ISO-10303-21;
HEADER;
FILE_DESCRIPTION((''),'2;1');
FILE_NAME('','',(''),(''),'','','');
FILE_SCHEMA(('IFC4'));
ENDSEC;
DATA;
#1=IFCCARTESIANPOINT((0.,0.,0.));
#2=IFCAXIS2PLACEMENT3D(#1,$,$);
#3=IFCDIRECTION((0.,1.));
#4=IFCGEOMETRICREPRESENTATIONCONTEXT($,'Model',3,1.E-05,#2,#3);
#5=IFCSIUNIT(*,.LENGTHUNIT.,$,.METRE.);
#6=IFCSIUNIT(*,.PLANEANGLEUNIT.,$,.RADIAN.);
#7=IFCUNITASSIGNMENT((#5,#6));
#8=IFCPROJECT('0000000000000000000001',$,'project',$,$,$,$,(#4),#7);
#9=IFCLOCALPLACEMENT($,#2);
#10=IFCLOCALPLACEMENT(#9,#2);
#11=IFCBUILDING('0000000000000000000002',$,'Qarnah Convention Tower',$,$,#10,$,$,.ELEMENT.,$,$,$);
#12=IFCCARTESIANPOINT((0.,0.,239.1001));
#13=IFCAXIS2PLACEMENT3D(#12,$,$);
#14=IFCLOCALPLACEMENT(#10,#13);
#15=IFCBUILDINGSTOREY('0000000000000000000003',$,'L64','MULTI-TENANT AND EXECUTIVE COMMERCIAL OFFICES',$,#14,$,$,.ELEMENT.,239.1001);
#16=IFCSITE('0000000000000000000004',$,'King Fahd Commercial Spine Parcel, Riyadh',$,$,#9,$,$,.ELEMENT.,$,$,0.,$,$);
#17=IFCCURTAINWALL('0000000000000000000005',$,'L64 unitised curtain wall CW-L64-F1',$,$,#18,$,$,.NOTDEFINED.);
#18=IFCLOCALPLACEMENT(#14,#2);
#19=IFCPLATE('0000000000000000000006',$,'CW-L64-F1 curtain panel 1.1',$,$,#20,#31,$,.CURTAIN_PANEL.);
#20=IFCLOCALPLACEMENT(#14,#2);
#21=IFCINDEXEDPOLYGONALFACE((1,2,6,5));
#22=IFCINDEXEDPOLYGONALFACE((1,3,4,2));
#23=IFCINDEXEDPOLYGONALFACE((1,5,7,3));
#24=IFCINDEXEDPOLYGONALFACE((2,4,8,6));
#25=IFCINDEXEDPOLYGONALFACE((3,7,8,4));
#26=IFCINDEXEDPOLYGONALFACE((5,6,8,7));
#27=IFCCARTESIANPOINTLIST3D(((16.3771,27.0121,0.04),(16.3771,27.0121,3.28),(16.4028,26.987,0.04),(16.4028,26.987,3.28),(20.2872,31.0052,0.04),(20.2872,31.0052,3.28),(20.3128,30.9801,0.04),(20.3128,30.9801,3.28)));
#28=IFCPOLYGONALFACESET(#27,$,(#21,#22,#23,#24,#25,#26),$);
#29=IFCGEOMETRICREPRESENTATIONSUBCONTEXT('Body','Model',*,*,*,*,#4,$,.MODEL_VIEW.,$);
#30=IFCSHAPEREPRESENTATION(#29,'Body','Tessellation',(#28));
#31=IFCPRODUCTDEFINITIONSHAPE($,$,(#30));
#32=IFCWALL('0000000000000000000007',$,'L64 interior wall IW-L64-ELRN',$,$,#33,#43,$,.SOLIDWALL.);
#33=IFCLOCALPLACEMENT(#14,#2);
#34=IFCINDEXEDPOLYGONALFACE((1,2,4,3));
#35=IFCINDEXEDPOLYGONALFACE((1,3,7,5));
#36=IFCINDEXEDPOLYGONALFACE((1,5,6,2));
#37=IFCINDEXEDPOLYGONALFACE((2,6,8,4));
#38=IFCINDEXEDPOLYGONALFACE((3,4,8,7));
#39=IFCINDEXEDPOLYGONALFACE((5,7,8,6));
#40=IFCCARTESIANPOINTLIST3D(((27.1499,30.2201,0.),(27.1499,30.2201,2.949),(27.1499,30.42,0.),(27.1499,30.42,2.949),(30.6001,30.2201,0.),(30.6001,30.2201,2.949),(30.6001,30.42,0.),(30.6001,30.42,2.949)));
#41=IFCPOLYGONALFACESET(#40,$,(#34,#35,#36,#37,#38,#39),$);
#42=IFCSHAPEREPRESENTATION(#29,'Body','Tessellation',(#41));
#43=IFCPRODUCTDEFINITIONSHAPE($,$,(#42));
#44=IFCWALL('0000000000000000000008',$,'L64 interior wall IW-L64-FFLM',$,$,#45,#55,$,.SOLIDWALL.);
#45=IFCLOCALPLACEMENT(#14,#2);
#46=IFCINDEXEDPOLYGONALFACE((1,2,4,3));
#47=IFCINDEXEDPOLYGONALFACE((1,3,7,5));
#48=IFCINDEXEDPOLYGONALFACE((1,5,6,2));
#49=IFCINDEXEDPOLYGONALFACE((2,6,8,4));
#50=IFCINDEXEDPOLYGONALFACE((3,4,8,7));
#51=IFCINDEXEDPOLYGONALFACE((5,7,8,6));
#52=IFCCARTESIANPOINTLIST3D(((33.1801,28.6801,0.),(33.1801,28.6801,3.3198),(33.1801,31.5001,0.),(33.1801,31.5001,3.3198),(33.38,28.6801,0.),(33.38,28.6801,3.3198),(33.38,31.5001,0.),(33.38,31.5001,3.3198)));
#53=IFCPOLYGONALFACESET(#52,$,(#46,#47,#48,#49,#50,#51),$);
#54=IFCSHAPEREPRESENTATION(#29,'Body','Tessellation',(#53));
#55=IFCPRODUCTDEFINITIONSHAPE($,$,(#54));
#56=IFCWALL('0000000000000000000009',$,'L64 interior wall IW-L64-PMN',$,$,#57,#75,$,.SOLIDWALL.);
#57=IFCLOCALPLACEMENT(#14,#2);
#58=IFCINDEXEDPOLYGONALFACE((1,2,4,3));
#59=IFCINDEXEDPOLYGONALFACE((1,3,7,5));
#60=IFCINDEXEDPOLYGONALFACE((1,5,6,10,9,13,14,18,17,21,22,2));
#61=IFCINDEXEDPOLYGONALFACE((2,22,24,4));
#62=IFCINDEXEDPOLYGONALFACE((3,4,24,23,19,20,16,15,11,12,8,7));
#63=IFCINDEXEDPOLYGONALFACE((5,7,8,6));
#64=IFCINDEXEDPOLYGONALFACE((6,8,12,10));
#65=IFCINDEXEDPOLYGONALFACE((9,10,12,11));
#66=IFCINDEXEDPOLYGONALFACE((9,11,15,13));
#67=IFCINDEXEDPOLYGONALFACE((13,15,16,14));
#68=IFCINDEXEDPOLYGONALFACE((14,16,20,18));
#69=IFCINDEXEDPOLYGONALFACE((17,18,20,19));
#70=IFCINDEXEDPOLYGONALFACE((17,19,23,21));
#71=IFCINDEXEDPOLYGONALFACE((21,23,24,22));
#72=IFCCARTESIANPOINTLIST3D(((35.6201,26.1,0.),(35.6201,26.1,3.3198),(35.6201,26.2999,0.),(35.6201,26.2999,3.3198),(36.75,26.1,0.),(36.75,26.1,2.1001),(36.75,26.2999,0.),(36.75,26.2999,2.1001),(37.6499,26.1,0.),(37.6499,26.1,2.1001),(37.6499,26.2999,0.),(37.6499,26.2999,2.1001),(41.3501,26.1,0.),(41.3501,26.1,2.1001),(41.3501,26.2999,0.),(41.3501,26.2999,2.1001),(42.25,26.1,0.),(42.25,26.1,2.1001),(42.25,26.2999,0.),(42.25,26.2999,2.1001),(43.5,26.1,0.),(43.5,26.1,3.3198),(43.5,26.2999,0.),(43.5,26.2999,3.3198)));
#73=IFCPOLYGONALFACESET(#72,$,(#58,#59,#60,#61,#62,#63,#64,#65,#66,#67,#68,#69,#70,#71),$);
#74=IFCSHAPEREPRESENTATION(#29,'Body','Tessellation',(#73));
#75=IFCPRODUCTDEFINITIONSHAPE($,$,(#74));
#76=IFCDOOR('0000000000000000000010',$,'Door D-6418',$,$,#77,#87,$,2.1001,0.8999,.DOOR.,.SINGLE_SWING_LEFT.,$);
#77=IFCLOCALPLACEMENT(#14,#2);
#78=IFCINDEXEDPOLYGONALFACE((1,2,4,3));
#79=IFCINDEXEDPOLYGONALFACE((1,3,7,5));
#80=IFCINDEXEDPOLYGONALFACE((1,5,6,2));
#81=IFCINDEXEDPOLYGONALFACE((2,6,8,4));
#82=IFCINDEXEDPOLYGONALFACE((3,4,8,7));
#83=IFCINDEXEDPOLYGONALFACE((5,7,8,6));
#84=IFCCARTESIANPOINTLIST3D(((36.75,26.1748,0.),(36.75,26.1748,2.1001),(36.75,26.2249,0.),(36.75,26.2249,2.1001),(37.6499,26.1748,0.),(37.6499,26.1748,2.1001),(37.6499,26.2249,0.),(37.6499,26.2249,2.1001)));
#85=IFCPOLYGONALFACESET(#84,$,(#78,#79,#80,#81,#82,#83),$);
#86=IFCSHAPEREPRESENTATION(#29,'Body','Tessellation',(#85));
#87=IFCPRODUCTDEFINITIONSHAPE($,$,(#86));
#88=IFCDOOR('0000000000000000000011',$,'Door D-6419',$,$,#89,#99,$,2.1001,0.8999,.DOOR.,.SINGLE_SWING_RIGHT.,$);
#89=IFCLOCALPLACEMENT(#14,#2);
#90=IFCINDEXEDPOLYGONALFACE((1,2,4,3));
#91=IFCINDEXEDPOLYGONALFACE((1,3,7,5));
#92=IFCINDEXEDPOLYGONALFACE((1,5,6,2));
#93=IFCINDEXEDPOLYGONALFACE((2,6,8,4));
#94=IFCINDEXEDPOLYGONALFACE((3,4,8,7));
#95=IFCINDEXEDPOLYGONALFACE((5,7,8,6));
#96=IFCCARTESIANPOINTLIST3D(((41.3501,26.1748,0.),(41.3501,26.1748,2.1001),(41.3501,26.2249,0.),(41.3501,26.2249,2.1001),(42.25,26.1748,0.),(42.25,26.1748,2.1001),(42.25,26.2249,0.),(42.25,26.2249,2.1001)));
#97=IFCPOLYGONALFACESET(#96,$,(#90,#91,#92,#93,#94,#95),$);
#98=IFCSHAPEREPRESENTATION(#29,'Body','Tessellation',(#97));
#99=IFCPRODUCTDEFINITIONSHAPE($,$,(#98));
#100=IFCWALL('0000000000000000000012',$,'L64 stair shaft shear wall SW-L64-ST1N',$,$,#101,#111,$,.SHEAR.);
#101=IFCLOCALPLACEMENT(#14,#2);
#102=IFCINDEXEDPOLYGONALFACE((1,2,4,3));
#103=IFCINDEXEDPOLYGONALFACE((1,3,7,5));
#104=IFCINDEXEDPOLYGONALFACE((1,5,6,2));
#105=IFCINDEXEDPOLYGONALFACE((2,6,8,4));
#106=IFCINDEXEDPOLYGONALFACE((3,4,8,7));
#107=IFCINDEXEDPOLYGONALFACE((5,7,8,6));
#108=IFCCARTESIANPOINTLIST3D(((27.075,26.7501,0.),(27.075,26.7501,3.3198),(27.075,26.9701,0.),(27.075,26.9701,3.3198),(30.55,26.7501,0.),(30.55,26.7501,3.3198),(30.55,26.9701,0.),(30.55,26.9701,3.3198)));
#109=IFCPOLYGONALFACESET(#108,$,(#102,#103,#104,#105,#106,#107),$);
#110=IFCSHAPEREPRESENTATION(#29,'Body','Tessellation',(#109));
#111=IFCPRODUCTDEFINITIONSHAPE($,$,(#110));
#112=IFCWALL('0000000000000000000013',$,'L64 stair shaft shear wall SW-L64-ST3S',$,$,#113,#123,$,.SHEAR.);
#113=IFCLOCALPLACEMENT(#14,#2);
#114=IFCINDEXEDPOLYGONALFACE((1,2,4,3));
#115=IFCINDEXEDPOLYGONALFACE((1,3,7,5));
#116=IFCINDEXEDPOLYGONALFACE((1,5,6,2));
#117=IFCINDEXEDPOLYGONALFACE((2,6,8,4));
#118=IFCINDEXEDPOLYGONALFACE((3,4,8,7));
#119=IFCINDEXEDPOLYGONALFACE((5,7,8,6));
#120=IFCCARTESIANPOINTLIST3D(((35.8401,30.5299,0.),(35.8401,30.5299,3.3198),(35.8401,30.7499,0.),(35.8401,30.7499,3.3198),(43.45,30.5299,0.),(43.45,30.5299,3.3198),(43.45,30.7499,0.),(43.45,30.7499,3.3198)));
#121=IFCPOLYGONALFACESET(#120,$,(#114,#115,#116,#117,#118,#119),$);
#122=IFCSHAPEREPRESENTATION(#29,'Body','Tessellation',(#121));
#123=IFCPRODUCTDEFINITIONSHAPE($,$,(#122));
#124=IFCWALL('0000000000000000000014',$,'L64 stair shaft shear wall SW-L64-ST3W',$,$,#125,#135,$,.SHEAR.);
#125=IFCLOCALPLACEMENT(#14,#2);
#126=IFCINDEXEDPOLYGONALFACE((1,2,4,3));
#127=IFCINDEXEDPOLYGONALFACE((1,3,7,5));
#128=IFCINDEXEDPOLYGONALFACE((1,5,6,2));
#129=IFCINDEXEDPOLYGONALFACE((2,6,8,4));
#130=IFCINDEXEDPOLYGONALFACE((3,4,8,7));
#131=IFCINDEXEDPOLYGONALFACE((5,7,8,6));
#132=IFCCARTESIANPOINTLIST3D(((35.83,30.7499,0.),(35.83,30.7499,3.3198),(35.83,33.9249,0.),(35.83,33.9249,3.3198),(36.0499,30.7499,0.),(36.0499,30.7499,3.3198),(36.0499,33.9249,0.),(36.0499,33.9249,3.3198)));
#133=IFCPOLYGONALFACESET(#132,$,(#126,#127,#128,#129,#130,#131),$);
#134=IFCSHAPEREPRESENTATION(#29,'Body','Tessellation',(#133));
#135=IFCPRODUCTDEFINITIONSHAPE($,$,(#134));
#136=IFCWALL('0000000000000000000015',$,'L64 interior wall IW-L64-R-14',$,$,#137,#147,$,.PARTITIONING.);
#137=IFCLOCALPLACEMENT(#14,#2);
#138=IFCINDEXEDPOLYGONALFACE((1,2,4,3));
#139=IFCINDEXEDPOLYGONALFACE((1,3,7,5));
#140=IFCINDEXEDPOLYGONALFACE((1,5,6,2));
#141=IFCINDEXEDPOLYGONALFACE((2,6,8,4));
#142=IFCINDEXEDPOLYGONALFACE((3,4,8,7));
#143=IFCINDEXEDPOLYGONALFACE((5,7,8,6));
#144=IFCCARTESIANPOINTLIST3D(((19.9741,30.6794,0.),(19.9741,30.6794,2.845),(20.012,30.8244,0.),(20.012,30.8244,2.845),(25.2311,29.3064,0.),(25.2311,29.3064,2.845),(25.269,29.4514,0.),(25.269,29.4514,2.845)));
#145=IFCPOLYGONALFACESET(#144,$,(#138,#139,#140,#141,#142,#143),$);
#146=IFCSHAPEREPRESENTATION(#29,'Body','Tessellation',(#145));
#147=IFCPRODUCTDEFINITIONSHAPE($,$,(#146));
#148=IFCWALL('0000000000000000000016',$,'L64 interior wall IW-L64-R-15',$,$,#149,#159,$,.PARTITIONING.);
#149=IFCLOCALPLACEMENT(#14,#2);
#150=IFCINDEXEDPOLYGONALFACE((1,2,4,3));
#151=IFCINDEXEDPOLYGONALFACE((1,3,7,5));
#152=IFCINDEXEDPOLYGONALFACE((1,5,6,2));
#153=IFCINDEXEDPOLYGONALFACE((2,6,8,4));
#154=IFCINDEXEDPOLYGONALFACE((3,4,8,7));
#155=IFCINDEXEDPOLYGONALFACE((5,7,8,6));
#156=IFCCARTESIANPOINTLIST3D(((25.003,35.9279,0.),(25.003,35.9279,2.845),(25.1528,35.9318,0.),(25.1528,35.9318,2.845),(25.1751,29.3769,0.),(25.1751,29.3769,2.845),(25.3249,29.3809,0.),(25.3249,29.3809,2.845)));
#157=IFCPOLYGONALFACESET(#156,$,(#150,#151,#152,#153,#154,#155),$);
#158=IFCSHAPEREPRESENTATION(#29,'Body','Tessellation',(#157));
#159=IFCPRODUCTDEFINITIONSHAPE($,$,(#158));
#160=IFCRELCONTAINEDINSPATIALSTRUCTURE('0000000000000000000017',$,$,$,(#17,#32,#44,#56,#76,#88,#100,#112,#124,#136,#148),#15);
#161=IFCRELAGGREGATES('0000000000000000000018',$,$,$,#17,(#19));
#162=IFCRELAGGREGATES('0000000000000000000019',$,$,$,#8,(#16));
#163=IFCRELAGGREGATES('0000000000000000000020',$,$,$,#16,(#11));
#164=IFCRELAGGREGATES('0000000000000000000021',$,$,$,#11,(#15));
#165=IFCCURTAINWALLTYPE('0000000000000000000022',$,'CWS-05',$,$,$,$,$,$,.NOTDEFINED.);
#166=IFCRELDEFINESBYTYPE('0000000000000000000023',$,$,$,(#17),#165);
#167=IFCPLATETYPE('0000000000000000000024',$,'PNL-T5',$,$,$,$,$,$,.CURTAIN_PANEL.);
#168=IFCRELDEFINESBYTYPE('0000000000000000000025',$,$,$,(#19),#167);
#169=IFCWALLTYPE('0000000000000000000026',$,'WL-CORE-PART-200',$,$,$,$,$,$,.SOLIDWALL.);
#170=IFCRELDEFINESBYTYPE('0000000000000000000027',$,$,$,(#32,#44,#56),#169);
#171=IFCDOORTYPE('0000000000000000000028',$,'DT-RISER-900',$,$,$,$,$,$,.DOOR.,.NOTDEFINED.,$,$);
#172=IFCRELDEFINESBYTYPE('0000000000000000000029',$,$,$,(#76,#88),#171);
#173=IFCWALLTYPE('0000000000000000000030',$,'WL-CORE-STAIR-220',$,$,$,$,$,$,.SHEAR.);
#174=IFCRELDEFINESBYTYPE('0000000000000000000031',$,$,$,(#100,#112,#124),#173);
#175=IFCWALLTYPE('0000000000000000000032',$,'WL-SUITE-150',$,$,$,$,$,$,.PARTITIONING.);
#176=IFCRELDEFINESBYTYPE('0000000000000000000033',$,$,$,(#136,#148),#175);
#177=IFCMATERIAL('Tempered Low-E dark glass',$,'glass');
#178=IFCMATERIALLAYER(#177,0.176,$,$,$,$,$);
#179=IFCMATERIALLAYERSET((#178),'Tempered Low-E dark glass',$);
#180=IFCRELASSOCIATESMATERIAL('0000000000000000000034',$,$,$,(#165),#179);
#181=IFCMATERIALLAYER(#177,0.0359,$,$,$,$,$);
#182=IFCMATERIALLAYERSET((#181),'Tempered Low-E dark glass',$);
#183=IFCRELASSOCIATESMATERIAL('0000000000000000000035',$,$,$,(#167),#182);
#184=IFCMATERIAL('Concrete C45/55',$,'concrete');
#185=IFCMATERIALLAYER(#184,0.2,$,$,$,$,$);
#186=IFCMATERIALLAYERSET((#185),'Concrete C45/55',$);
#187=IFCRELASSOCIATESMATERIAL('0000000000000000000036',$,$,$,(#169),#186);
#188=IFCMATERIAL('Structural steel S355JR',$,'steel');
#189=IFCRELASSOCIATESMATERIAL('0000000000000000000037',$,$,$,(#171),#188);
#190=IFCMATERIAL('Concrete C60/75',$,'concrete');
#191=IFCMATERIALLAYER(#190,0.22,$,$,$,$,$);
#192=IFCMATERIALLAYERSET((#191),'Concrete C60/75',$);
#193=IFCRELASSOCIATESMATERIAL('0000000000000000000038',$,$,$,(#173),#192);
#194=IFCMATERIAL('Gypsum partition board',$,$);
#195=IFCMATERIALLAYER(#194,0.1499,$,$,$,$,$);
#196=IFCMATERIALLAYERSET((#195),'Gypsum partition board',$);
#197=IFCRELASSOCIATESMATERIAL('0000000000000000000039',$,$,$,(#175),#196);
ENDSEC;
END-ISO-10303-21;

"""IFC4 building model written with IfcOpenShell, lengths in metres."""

from ifc_helpers import new_model, si_unit, direction, frame, frame_2d, origin, origin_2d, place, context, subcontext, project, spatial, rectangle, extrude, material, layer, layer_set, type_object, element, fill, aggregate, save


model = new_model("IFC4")

# Units and contexts
model_context = context("Model", 3, precision=1e-05, world=origin(), true_north=direction((0.0, 1.0)))
body_context = subcontext(model_context, "Body", "Model", "MODEL_VIEW")
ifc_project = project(units=[si_unit("LENGTHUNIT", "METRE"), si_unit("PLANEANGLEUNIT", "RADIAN")], contexts=[model_context])

# Site, building, storey
site_placement = place(None, origin())
site = spatial("IfcSite", under=ifc_project, at=site_placement, Name="King Fahd Commercial Spine Parcel, Riyadh", CompositionType="ELEMENT", RefElevation=0.0)
building_placement = place(site_placement, origin())
building = spatial("IfcBuilding", under=site, at=building_placement, Name="Qarnah Convention Tower", CompositionType="ELEMENT")
storey_placement = place(building_placement, frame((0.0, 0.0, 239.1001)))
storey = spatial("IfcBuildingStorey", under=building, at=storey_placement, Name="L64", Description="MULTI-TENANT AND EXECUTIVE COMMERCIAL OFFICES", CompositionType="ELEMENT", Elevation=239.1001)

# Shared definitions
ifc_material_1 = material(Name="Structural steel S355JR", Category="steel")

# Curtain wall, plate
ifc_material_2 = material(Name="Tempered Low-E dark glass", Category="glass")
ifc_layer_1 = layer(ifc_material_2, 0.176)
ifc_layer_set_1 = layer_set([ifc_layer_1], Name="Tempered Low-E dark glass")
curtain_wall_type = type_object("IfcCurtainWallType", Name="CWS-05", PredefinedType="NOTDEFINED", material=ifc_layer_set_1)
curtain_wall_placement = place(storey_placement, origin())
curtain_wall = element("IfcCurtainWall", 1, at=curtain_wall_placement, inside=storey, type_object=curtain_wall_type, Name="L64 unitised curtain wall CW-L64-F1", PredefinedType="NOTDEFINED")
ifc_layer_2 = layer(ifc_material_2, 0.0359)
ifc_layer_set_2 = layer_set([ifc_layer_2], Name="Tempered Low-E dark glass")
plate_type = type_object("IfcPlateType", Name="PNL-T5", PredefinedType="CURTAIN_PANEL", material=ifc_layer_set_2)
plate_placement = place(storey_placement, frame((18.345, 28.9961, 0.04), z_axis=(0.0, 0.0, 1.0), x_axis=(0.699641, 0.714495, 0.0)))
plate = element("IfcPlate", 2, at=plate_placement, type_object=plate_type, Name="CW-L64-F1 curtain panel 1.1", PredefinedType="CURTAIN_PANEL", context=body_context, shape_type="SweptSolid", body=[
    extrude(rectangle(XDim=5.5886, YDim=0.0359, at=origin_2d()), origin(), (0.0, 0.0, 1.0), 3.24),
])
aggregate(curtain_wall, [plate])

# Wall
ifc_material_3 = material(Name="Concrete C45/55", Category="concrete")
ifc_layer_3 = layer(ifc_material_3, 0.2)
ifc_layer_set_3 = layer_set([ifc_layer_3], Name="Concrete C45/55")
wall_type_1 = type_object("IfcWallType", Name="WL-CORE-PART-200", PredefinedType="SOLIDWALL", material=ifc_layer_set_3)
wall_1_placement = place(storey_placement, frame((27.1499, 30.3201, 0.0), z_axis=(0.0, 0.0, 1.0), x_axis=(1.0, 0.0, 0.0)))
element("IfcWall", 3, at=wall_1_placement, inside=storey, type_object=wall_type_1, Name="L64 interior wall IW-L64-ELRN", PredefinedType="SOLIDWALL", context=body_context, shape_type="SweptSolid", body=[
    extrude(rectangle(XDim=3.4502, YDim=0.2, at=frame_2d((1.7251, 0.0))), origin(), (0.0, 0.0, 1.0), 2.949),
])

# Wall
wall_2_placement = place(storey_placement, frame((33.28, 28.6799, 0.0), z_axis=(0.0, 0.0, 1.0), x_axis=(0.0, 1.0, 0.0)))
element("IfcWall", 4, at=wall_2_placement, inside=storey, type_object=wall_type_1, Name="L64 interior wall IW-L64-FFLM", PredefinedType="SOLIDWALL", context=body_context, shape_type="SweptSolid", body=[
    extrude(rectangle(XDim=2.8201, YDim=0.2, at=frame_2d((1.4102, 0.0))), origin(), (0.0, 0.0, 1.0), 3.3198),
])

# Wall, openings, doors
wall_3_placement = place(storey_placement, frame((35.6201, 26.2, 0.0), z_axis=(0.0, 0.0, 1.0), x_axis=(1.0, 0.0, 0.0)))
wall_3 = element("IfcWall", 5, at=wall_3_placement, inside=storey, type_object=wall_type_1, Name="L64 interior wall IW-L64-PMN", PredefinedType="SOLIDWALL", context=body_context, shape_type="SweptSolid", body=[
    extrude(rectangle(XDim=7.8799, YDim=0.2, at=frame_2d((3.9399, 0.0))), origin(), (0.0, 0.0, 1.0), 3.3198),
])
opening_1_placement = place(wall_3_placement, frame((1.1299, 0.0, 0.0)))
opening_1 = element("IfcOpeningElement", 6, at=opening_1_placement, cuts=wall_3, PredefinedType="OPENING", context=body_context, shape_type="SweptSolid", body=[
    extrude(rectangle(XDim=0.8999, YDim=2.1001, at=frame_2d((0.45, 1.05))), frame((0.0, 0.1099, 0.0), z_axis=(0.0, -1.0, 0.0), x_axis=(1.0, 0.0, 0.0)), (0.0, 0.0, 1.0), 0.22),
])
opening_2_placement = place(wall_3_placement, frame((5.73, 0.0, 0.0)))
opening_2 = element("IfcOpeningElement", 7, at=opening_2_placement, cuts=wall_3, PredefinedType="OPENING", context=body_context, shape_type="SweptSolid", body=[
    extrude(rectangle(XDim=0.8999, YDim=2.1001, at=frame_2d((0.45, 1.05))), frame((0.0, 0.1099, 0.0), z_axis=(0.0, -1.0, 0.0), x_axis=(1.0, 0.0, 0.0)), (0.0, 0.0, 1.0), 0.22),
])
door_type_1 = type_object("IfcDoorType", Name="DT-RISER-900", OperationType="NOTDEFINED", PredefinedType="DOOR", material=ifc_material_1)
door_1_placement = place(opening_1_placement, origin())
door_1 = element("IfcDoor", 8, at=door_1_placement, inside=storey, type_object=door_type_1, Name="Door D-6418", OperationType="SINGLE_SWING_LEFT", OverallHeight=2.1001, OverallWidth=0.8999, PredefinedType="DOOR", context=body_context, shape_type="SweptSolid", body=[
    extrude(rectangle(XDim=0.8999, YDim=2.1001, at=frame_2d((0.45, 1.05))), frame((0.0, 0.0249, 0.0), z_axis=(0.0, -1.0, 0.0), x_axis=(1.0, 0.0, 0.0)), (0.0, 0.0, 1.0), 0.05),
])
fill(opening_1, door_1)
door_2_placement = place(opening_2_placement, origin())
door_2 = element("IfcDoor", 9, at=door_2_placement, inside=storey, type_object=door_type_1, Name="Door D-6419", OperationType="SINGLE_SWING_RIGHT", OverallHeight=2.1001, OverallWidth=0.8999, PredefinedType="DOOR", context=body_context, shape_type="SweptSolid", body=[
    extrude(rectangle(XDim=0.8999, YDim=2.1001, at=frame_2d((0.45, 1.05))), frame((0.0, 0.0249, 0.0), z_axis=(0.0, -1.0, 0.0), x_axis=(1.0, 0.0, 0.0)), (0.0, 0.0, 1.0), 0.05),
])
fill(opening_2, door_2)

# Walls
ifc_material_4 = material(Name="Concrete C60/75", Category="concrete")
ifc_layer_4 = layer(ifc_material_4, 0.22)
ifc_layer_set_4 = layer_set([ifc_layer_4], Name="Concrete C60/75")
wall_type_2 = type_object("IfcWallType", Name="WL-CORE-STAIR-220", PredefinedType="SHEAR", material=ifc_layer_set_4)
wall_4_placement = place(storey_placement, frame((27.075, 26.8601, 0.0), z_axis=(0.0, 0.0, 1.0), x_axis=(1.0, 0.0, 0.0)))
element("IfcWall", 10, at=wall_4_placement, inside=storey, type_object=wall_type_2, Name="L64 stair shaft shear wall SW-L64-ST1N", PredefinedType="SHEAR", context=body_context, shape_type="SweptSolid", body=[
    extrude(rectangle(XDim=3.4751, YDim=0.22, at=frame_2d((1.7375, 0.0))), origin(), (0.0, 0.0, 1.0), 3.3198),
])
wall_5_placement = place(storey_placement, frame((35.8401, 30.6399, 0.0), z_axis=(0.0, 0.0, 1.0), x_axis=(1.0, 0.0, 0.0)))
element("IfcWall", 11, at=wall_5_placement, inside=storey, type_object=wall_type_2, Name="L64 stair shaft shear wall SW-L64-ST3S", PredefinedType="SHEAR", context=body_context, shape_type="SweptSolid", body=[
    extrude(rectangle(XDim=7.6099, YDim=0.22, at=frame_2d((3.8049, 0.0))), origin(), (0.0, 0.0, 1.0), 3.3198),
])
wall_6_placement = place(storey_placement, frame((35.9399, 30.75, 0.0), z_axis=(0.0, 0.0, 1.0), x_axis=(0.0, 1.0, 0.0)))
element("IfcWall", 12, at=wall_6_placement, inside=storey, type_object=wall_type_2, Name="L64 stair shaft shear wall SW-L64-ST3W", PredefinedType="SHEAR", context=body_context, shape_type="SweptSolid", body=[
    extrude(rectangle(XDim=3.175, YDim=0.22, at=frame_2d((1.5874, 0.0))), origin(), (0.0, 0.0, 1.0), 3.3198),
])
ifc_material_5 = material(Name="Gypsum partition board")
ifc_layer_5 = layer(ifc_material_5, 0.1499)
ifc_layer_set_5 = layer_set([ifc_layer_5], Name="Gypsum partition board")
wall_type_3 = type_object("IfcWallType", Name="WL-SUITE-150", PredefinedType="PARTITIONING", material=ifc_layer_set_5)
wall_7_placement = place(storey_placement, frame((19.9929, 30.752, 0.0), z_axis=(0.0, 0.0, 1.0), x_axis=(0.967544, -0.252704, 0.0)))
element("IfcWall", 13, at=wall_7_placement, inside=storey, type_object=wall_type_3, Name="L64 interior wall IW-L64-R-14", PredefinedType="PARTITIONING", context=body_context, shape_type="SweptSolid", body=[
    extrude(rectangle(XDim=5.4333, YDim=0.1499, at=frame_2d((2.7168, 0.0))), origin(), (0.0, 0.0, 1.0), 2.845),
])
wall_8_placement = place(storey_placement, frame((25.25, 29.3789, 0.0), z_axis=(0.0, 0.0, 1.0), x_axis=(-0.026265, 0.999655, 0.0)))
element("IfcWall", 14, at=wall_8_placement, inside=storey, type_object=wall_type_3, Name="L64 interior wall IW-L64-R-15", PredefinedType="PARTITIONING", context=body_context, shape_type="SweptSolid", body=[
    extrude(rectangle(XDim=6.5532, YDim=0.1499, at=frame_2d((3.2766, 0.0))), origin(), (0.0, 0.0, 1.0), 2.845),
])

save(model, "model.ifc")
